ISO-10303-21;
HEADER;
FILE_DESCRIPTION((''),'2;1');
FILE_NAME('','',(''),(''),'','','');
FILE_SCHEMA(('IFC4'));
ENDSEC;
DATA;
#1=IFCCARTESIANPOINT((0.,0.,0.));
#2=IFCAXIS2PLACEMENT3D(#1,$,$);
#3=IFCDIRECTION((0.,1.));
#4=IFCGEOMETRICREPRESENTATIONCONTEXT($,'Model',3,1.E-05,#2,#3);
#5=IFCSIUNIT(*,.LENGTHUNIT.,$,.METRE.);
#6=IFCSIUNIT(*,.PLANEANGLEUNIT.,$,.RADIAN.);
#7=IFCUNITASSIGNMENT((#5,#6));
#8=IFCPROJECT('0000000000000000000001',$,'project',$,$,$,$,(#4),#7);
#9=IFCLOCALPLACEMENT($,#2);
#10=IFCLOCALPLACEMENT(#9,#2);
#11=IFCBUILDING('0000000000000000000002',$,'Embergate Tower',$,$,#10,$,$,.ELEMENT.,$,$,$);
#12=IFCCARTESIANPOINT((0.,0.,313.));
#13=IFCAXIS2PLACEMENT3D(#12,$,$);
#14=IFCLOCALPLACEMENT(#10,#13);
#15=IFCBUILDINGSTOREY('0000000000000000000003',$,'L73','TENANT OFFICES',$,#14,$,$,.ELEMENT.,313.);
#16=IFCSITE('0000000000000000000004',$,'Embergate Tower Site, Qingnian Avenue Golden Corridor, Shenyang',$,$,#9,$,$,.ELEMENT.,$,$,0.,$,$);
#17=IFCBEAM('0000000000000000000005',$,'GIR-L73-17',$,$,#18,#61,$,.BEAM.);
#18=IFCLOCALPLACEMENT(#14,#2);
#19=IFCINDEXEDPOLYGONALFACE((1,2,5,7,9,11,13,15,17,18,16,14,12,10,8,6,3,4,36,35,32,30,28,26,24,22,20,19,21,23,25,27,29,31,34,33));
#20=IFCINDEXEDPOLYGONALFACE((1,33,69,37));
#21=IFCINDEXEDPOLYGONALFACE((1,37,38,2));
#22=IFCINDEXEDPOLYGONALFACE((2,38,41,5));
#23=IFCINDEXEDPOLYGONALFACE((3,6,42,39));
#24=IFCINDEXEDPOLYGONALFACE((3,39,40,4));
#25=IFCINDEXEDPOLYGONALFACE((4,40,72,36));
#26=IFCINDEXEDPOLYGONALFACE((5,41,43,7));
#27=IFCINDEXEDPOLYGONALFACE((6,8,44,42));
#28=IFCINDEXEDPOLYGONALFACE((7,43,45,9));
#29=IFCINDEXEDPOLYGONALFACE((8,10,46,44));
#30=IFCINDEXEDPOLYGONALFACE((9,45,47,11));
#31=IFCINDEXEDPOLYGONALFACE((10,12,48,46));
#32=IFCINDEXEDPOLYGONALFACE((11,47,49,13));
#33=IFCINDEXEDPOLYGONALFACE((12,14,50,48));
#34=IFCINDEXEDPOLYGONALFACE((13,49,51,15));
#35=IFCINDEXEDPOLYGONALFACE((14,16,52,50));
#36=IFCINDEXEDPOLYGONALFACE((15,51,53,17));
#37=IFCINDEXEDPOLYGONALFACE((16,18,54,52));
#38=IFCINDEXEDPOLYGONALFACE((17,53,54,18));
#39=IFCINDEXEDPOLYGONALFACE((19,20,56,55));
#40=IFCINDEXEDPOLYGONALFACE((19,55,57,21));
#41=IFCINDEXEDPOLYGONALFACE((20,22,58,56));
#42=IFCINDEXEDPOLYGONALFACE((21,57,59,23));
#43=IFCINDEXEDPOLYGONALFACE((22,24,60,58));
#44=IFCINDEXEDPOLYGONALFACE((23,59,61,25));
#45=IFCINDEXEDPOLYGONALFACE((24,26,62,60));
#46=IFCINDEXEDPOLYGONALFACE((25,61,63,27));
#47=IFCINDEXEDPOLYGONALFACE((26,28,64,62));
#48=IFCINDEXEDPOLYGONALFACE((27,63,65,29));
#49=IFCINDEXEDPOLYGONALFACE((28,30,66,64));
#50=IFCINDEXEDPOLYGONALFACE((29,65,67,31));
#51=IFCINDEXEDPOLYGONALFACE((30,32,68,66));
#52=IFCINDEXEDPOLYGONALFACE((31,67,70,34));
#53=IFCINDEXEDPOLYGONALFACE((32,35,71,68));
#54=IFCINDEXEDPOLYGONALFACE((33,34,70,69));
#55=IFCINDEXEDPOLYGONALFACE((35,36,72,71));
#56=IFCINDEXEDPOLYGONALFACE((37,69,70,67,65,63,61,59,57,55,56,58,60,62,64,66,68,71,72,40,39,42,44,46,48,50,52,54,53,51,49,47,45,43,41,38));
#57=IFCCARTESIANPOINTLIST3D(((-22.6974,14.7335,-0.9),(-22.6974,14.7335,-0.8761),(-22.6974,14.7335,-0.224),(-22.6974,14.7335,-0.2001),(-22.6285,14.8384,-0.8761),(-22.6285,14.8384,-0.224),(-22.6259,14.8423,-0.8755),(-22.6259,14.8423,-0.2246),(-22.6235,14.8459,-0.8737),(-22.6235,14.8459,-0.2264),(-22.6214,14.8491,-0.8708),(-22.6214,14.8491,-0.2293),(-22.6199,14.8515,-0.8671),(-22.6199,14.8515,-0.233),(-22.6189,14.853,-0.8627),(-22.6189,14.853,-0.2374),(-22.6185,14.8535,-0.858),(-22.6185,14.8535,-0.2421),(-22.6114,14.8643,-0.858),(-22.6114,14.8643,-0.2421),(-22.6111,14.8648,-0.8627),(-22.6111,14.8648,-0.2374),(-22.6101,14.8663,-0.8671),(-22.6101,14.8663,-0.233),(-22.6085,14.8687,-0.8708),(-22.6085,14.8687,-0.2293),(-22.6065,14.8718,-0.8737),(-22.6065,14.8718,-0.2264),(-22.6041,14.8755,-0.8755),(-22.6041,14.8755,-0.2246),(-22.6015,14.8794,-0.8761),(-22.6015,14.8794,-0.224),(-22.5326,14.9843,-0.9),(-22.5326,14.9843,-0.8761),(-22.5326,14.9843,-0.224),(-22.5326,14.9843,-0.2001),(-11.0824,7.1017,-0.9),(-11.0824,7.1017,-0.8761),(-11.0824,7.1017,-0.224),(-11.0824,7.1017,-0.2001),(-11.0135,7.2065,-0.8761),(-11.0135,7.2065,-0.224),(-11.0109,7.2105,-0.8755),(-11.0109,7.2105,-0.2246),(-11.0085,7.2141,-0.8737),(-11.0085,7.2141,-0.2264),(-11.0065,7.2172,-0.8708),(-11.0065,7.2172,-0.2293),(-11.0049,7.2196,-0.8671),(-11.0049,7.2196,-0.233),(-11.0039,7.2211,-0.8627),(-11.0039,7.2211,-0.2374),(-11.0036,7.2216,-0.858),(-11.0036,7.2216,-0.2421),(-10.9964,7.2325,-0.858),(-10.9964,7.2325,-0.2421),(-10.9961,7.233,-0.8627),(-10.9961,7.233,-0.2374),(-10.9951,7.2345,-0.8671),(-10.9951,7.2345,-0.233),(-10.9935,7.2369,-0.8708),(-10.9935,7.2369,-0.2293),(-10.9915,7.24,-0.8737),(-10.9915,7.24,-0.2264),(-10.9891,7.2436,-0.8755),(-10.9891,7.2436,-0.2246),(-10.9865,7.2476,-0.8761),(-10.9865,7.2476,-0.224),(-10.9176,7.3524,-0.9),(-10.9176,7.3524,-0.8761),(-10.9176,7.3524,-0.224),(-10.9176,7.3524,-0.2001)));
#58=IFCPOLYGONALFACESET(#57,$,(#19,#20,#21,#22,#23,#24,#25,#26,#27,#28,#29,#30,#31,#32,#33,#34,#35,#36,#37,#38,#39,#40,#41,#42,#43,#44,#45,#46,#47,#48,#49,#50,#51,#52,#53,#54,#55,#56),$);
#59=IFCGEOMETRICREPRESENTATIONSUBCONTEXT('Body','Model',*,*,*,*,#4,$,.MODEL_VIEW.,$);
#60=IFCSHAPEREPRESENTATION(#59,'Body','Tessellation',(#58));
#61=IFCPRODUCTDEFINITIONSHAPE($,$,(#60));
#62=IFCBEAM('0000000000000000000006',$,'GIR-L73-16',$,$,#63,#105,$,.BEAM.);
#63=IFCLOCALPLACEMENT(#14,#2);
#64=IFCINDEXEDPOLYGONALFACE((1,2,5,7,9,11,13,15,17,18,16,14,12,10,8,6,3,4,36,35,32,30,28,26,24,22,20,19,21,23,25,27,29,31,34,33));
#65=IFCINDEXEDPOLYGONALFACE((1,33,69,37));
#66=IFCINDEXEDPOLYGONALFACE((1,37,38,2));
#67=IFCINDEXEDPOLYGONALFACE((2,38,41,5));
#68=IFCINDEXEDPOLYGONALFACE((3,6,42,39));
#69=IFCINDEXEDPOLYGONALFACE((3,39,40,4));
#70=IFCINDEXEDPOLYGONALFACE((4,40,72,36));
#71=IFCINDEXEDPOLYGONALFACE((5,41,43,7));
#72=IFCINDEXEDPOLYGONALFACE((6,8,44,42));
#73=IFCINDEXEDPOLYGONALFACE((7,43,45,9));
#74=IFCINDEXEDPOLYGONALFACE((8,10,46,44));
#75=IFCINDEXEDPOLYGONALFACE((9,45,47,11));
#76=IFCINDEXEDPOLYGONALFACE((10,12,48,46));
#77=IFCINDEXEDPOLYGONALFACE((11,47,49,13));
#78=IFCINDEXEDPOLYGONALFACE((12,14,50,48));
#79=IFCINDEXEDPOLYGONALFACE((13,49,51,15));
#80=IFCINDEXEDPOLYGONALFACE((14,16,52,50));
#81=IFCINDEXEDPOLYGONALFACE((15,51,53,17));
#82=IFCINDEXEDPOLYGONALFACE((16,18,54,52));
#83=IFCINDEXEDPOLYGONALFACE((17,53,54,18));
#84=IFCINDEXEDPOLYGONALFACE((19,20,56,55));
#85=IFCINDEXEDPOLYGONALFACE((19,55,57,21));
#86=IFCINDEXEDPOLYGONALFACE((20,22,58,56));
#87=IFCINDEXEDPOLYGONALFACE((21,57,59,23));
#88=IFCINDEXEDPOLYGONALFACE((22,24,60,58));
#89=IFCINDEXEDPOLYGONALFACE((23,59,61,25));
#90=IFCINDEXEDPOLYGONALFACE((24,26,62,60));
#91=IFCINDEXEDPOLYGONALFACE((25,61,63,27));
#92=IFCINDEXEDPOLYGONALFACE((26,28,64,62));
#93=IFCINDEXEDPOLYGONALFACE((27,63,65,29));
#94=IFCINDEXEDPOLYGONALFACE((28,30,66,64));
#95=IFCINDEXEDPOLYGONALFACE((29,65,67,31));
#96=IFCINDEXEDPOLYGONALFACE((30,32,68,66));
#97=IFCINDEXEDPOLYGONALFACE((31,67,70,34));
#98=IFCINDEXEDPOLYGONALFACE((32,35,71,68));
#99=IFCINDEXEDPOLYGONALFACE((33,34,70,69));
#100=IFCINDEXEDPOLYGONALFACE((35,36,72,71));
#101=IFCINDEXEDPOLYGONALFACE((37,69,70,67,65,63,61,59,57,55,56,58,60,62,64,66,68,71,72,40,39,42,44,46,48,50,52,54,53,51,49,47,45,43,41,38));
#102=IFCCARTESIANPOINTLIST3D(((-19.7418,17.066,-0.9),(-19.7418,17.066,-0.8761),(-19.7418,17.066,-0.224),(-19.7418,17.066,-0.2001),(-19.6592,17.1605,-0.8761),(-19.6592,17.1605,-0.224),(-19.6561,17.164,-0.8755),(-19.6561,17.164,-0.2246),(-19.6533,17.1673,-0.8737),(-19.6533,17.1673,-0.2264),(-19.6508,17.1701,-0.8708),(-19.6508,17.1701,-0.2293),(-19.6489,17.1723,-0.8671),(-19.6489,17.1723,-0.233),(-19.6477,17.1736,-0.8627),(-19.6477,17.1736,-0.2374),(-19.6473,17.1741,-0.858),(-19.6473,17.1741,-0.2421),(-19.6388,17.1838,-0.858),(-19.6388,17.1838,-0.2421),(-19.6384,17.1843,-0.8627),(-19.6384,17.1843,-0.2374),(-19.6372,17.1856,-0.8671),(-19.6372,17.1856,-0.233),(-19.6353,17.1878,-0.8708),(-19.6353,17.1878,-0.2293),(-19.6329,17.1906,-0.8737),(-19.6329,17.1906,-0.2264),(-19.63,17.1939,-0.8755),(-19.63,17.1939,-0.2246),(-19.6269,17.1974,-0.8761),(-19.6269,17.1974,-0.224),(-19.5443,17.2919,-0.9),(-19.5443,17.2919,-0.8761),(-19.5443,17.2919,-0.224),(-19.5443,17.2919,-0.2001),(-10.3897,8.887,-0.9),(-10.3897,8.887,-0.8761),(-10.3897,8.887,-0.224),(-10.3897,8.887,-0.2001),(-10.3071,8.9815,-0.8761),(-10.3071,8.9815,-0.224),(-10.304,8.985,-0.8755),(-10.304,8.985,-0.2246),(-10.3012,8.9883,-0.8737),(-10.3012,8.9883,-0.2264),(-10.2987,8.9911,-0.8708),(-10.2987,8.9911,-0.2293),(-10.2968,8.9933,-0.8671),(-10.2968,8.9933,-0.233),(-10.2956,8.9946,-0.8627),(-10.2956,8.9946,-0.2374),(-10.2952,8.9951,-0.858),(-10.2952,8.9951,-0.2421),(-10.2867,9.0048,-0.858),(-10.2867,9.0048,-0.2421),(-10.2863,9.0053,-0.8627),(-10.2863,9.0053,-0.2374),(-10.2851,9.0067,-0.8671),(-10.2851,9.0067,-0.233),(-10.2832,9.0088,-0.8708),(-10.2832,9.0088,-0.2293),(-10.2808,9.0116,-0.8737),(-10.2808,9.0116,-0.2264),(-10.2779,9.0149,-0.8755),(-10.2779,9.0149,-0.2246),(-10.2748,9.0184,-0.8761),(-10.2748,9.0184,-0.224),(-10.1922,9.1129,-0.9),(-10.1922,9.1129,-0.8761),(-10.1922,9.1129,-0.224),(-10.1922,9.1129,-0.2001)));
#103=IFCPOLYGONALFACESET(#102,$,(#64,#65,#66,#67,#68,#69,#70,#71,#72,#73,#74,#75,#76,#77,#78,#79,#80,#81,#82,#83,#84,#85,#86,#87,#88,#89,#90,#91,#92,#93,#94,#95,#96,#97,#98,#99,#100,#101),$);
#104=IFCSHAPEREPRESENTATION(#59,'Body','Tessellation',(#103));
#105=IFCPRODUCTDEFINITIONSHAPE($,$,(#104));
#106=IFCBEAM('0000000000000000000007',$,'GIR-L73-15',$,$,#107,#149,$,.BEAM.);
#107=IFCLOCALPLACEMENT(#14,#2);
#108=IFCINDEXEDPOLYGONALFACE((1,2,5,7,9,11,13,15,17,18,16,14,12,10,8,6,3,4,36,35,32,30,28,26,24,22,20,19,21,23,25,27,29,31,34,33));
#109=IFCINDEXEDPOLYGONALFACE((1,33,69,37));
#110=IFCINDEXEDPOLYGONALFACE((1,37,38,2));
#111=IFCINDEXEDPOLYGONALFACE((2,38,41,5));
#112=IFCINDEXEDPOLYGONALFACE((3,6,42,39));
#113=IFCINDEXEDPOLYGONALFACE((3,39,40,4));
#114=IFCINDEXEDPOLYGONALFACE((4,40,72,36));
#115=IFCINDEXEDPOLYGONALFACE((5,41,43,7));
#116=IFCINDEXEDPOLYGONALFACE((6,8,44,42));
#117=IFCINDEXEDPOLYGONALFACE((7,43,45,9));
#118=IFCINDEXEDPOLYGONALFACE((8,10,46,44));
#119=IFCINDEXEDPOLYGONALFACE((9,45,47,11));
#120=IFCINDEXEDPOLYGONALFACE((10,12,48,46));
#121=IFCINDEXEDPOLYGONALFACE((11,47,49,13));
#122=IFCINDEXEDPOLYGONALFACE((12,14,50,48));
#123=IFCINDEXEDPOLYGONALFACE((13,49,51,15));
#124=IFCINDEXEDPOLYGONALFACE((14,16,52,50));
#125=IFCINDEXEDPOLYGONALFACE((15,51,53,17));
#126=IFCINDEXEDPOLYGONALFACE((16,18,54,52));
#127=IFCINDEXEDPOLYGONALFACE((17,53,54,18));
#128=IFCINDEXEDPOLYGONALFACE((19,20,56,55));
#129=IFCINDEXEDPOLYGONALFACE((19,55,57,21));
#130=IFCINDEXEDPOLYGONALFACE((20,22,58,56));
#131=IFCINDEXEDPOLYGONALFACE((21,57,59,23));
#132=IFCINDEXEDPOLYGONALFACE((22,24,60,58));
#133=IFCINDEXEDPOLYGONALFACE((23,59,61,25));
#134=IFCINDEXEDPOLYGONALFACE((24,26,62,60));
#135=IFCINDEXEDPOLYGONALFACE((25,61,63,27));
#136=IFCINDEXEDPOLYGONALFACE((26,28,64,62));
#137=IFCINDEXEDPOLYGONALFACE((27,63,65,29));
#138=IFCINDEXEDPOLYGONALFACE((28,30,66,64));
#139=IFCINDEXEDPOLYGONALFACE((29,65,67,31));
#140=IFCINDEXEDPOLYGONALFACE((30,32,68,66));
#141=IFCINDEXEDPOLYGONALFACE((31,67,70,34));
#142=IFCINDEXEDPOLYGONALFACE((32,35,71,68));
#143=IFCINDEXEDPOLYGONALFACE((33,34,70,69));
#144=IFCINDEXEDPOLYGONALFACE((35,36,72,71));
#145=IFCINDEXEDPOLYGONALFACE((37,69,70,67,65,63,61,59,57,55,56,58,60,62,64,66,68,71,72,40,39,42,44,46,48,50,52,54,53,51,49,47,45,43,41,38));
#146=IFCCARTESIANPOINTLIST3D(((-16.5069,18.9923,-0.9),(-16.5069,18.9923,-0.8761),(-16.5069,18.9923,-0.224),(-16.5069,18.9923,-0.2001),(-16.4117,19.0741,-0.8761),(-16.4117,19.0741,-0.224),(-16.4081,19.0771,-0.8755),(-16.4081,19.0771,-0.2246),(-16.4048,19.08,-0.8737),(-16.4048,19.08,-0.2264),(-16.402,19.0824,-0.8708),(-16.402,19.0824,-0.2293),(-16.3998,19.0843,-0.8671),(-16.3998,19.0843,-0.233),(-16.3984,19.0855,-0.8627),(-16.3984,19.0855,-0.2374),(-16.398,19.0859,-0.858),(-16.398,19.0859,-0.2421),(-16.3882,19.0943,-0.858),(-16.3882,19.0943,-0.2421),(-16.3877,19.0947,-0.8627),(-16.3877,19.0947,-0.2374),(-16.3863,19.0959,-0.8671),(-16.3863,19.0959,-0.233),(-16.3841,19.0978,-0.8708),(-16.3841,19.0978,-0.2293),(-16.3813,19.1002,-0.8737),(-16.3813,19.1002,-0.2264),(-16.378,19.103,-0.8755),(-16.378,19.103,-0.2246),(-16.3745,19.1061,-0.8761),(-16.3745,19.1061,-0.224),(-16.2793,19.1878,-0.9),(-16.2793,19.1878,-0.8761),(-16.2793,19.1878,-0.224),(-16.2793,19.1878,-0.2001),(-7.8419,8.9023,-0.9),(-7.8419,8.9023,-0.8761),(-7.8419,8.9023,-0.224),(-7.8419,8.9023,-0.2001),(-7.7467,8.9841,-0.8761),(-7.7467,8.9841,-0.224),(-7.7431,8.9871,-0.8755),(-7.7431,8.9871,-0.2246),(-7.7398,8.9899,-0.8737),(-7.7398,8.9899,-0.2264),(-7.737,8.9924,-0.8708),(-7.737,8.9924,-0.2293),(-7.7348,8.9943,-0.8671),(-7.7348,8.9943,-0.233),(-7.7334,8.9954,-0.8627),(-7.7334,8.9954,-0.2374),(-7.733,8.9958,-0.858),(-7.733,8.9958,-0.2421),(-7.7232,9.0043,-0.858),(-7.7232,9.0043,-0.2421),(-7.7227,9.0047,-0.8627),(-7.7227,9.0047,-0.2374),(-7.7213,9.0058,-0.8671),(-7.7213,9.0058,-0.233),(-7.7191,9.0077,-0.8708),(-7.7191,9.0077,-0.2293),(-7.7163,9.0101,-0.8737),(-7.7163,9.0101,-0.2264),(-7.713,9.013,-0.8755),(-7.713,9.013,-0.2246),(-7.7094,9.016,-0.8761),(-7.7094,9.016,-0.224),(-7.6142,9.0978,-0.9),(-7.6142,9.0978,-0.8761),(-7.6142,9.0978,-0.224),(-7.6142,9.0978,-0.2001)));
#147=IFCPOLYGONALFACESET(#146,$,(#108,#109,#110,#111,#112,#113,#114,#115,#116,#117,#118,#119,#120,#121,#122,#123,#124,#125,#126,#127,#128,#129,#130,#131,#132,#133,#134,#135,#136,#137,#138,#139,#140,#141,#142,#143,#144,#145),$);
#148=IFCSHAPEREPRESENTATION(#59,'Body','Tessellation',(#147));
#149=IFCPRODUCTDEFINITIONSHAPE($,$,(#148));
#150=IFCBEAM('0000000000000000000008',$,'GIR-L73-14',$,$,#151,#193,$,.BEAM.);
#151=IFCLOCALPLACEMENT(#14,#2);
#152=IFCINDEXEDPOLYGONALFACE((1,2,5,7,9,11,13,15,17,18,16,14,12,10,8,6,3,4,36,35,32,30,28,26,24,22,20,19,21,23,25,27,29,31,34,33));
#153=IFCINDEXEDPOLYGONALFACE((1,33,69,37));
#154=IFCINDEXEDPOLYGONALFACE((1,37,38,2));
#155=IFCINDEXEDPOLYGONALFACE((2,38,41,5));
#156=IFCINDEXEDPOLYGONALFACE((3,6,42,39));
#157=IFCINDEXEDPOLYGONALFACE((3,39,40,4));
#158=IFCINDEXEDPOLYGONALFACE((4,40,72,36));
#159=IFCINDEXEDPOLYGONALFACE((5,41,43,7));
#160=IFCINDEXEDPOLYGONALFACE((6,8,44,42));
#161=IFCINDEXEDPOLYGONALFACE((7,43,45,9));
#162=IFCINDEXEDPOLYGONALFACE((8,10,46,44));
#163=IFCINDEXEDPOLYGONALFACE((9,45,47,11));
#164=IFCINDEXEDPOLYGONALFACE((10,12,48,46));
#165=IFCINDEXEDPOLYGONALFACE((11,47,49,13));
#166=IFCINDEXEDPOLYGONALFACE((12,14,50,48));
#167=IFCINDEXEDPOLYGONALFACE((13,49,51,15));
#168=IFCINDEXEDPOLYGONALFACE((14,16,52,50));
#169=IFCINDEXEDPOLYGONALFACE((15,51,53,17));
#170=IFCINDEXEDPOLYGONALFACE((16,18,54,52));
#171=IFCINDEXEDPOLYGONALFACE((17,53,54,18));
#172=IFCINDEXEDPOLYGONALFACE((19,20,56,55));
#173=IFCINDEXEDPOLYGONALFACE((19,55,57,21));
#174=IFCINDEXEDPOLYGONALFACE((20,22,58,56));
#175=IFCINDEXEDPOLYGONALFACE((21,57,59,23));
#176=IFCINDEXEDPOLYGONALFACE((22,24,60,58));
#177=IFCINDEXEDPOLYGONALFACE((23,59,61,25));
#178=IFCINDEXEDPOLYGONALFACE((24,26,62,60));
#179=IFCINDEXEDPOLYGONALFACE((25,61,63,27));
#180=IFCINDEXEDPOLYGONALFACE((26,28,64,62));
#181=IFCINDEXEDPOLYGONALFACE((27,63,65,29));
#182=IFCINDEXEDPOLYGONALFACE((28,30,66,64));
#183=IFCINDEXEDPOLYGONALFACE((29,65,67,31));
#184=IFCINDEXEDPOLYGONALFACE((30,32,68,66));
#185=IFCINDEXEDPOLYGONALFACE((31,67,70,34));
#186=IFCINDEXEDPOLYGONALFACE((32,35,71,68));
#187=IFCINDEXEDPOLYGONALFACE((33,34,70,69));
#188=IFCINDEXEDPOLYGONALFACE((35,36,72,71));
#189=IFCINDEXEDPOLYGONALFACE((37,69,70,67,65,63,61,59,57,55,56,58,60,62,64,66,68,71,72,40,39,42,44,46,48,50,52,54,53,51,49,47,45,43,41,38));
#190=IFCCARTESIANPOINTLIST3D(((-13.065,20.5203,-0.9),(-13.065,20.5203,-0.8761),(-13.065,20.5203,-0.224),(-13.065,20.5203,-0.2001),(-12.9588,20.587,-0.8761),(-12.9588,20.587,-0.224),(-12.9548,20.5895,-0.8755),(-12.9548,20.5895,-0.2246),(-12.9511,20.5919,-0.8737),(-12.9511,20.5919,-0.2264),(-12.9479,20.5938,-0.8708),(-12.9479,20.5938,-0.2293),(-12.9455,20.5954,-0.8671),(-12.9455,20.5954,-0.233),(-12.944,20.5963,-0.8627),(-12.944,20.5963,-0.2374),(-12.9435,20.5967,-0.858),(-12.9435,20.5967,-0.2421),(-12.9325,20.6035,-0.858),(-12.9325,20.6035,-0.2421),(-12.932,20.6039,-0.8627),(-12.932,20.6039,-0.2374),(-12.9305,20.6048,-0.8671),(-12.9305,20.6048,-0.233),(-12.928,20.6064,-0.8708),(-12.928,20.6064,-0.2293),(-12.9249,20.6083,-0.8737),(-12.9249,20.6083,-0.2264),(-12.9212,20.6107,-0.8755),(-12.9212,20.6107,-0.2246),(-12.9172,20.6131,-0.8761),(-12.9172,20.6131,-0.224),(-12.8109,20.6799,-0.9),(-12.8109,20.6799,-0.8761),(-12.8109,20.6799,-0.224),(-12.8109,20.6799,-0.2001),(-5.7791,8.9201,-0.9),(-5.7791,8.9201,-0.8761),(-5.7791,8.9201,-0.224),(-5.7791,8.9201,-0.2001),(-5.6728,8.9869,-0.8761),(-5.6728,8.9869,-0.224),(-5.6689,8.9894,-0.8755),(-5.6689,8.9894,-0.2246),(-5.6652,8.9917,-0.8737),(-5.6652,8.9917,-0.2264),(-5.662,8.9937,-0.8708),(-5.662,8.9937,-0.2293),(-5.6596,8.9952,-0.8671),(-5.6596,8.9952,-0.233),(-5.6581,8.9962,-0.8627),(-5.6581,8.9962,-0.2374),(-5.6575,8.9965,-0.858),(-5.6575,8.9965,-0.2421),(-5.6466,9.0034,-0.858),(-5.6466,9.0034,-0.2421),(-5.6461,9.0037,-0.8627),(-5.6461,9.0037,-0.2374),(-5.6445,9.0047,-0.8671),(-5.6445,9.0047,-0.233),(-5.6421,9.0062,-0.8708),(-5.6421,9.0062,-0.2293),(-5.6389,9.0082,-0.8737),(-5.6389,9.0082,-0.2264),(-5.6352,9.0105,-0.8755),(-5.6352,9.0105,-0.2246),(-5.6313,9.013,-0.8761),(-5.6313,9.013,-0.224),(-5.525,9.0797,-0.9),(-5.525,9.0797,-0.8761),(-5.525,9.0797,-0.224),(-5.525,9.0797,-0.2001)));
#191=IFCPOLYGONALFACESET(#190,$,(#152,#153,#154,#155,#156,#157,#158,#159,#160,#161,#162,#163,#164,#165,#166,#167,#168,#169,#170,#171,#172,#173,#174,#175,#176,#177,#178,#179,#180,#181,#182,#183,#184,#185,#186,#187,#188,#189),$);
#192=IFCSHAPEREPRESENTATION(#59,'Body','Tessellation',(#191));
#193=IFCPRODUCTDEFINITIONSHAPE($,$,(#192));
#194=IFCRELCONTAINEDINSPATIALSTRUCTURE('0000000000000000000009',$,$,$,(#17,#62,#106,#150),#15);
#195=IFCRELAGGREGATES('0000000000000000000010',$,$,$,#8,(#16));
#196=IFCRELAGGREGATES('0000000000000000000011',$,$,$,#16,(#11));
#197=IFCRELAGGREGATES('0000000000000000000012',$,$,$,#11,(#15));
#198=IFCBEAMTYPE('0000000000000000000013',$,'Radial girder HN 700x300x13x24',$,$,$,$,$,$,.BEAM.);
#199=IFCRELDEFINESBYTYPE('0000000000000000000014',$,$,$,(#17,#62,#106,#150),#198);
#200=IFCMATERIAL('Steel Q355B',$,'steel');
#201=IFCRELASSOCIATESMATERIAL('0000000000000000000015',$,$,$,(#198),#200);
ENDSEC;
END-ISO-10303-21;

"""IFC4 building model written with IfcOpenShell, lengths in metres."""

from ifc_helpers import new_model, si_unit, direction, frame, origin, origin_2d, place, context, subcontext, project, spatial, i_section, extrude, source, transform, mapped, material, material_profile, profile_set, type_object, element, save


model = new_model("IFC4")

# Units and contexts
model_context = context("Model", 3, precision=1e-05, world=origin(), true_north=direction((0.0, 1.0)))
body_context = subcontext(model_context, "Body", "Model", "MODEL_VIEW")
ifc_project = project(units=[si_unit("LENGTHUNIT", "METRE"), si_unit("PLANEANGLEUNIT", "RADIAN")], contexts=[model_context])

# Site, building, storey
site_placement = place(None, origin())
site = spatial("IfcSite", under=ifc_project, at=site_placement, Name="Embergate Tower Site, Qingnian Avenue Golden Corridor, Shenyang", CompositionType="ELEMENT", RefElevation=0.0)
building_placement = place(site_placement, origin())
building = spatial("IfcBuilding", under=site, at=building_placement, Name="Embergate Tower", CompositionType="ELEMENT")
storey_placement = place(building_placement, frame((0.0, 0.0, 313.0)))
storey = spatial("IfcBuildingStorey", under=building, at=storey_placement, Name="L73", Description="TENANT OFFICES", CompositionType="ELEMENT", Elevation=313.0)

# Beams
ifc_material_1 = material(Name="Steel Q355B", Category="steel")
ifc_material_profile_1 = material_profile(ifc_material_1, i_section(OverallWidth=0.3, OverallDepth=0.7, WebThickness=0.0129, FlangeThickness=0.0239, FilletRadius=0.0181, at=origin_2d()), Name="HN 700x300x13x24")
ifc_profile_set_1 = profile_set([ifc_material_profile_1], Name="Steel Q355 grade B")
beam_type_1 = type_object("IfcBeamType", Name="Radial girder HN 700x300x13x24", PredefinedType="BEAM", material=ifc_profile_set_1)
shared_shape_1 = source(origin(), body_context, "Body", "SweptSolid", [
    extrude(i_section(OverallWidth=0.3, OverallDepth=0.7, WebThickness=0.0129, FlangeThickness=0.0239, FilletRadius=0.0181, at=origin_2d()), origin(), (0.0, 0.0, 1.0), 13.8979),
])
beam_1_placement = place(storey_placement, frame((-22.615, 14.8589, -0.55), z_axis=(0.835734, -0.549134, 0.0), x_axis=(0.549134, 0.835734, 0.0)))
element("IfcBeam", 1, at=beam_1_placement, inside=storey, type_object=beam_type_1, Name="GIR-L73-17", PredefinedType="BEAM", context=body_context, shape_type="MappedRepresentation", body=[
    mapped(shared_shape_1, transform((0.0, 0.0, 0.0))),
])
shared_shape_2 = source(origin(), body_context, "Body", "SweptSolid", [
    extrude(i_section(OverallWidth=0.3, OverallDepth=0.7, WebThickness=0.0129, FlangeThickness=0.0239, FilletRadius=0.0181, at=origin_2d()), origin(), (0.0, 0.0, 1.0), 12.4241),
])
beam_2_placement = place(storey_placement, frame((-19.6431, 17.179, -0.55), z_axis=(0.75274, -0.658318, 0.0), x_axis=(0.658318, 0.75274, 0.0)))
element("IfcBeam", 2, at=beam_2_placement, inside=storey, type_object=beam_type_1, Name="GIR-L73-16", PredefinedType="BEAM", context=body_context, shape_type="MappedRepresentation", body=[
    mapped(shared_shape_2, transform((0.0, 0.0, 0.0))),
])
shared_shape_3 = source(origin(), body_context, "Body", "SweptSolid", [
    extrude(i_section(OverallWidth=0.3, OverallDepth=0.7, WebThickness=0.0129, FlangeThickness=0.0239, FilletRadius=0.0181, at=origin_2d()), origin(), (0.0, 0.0, 1.0), 13.3),
])
beam_3_placement = place(storey_placement, frame((-16.3931, 19.0901, -0.55), z_axis=(0.651502, -0.758647, 0.0), x_axis=(0.758647, 0.651502, 0.0)))
element("IfcBeam", 3, at=beam_3_placement, inside=storey, type_object=beam_type_1, Name="GIR-L73-15", PredefinedType="BEAM", context=body_context, shape_type="MappedRepresentation", body=[
    mapped(shared_shape_3, transform((0.0, 0.0, 0.0))),
])
shared_shape_4 = source(origin(), body_context, "Body", "SweptSolid", [
    extrude(i_section(OverallWidth=0.3, OverallDepth=0.7, WebThickness=0.0129, FlangeThickness=0.0239, FilletRadius=0.0181, at=origin_2d()), origin(), (0.0, 0.0, 1.0), 13.6985),
])
beam_4_placement = place(storey_placement, frame((-12.938, 20.6001, -0.55), z_axis=(0.531878, -0.846821, 0.0), x_axis=(0.846821, 0.531878, 0.0)))
element("IfcBeam", 4, at=beam_4_placement, inside=storey, type_object=beam_type_1, Name="GIR-L73-14", PredefinedType="BEAM", context=body_context, shape_type="MappedRepresentation", body=[
    mapped(shared_shape_4, transform((0.0, 0.0, 0.0))),
])

save(model, "model.ifc")
